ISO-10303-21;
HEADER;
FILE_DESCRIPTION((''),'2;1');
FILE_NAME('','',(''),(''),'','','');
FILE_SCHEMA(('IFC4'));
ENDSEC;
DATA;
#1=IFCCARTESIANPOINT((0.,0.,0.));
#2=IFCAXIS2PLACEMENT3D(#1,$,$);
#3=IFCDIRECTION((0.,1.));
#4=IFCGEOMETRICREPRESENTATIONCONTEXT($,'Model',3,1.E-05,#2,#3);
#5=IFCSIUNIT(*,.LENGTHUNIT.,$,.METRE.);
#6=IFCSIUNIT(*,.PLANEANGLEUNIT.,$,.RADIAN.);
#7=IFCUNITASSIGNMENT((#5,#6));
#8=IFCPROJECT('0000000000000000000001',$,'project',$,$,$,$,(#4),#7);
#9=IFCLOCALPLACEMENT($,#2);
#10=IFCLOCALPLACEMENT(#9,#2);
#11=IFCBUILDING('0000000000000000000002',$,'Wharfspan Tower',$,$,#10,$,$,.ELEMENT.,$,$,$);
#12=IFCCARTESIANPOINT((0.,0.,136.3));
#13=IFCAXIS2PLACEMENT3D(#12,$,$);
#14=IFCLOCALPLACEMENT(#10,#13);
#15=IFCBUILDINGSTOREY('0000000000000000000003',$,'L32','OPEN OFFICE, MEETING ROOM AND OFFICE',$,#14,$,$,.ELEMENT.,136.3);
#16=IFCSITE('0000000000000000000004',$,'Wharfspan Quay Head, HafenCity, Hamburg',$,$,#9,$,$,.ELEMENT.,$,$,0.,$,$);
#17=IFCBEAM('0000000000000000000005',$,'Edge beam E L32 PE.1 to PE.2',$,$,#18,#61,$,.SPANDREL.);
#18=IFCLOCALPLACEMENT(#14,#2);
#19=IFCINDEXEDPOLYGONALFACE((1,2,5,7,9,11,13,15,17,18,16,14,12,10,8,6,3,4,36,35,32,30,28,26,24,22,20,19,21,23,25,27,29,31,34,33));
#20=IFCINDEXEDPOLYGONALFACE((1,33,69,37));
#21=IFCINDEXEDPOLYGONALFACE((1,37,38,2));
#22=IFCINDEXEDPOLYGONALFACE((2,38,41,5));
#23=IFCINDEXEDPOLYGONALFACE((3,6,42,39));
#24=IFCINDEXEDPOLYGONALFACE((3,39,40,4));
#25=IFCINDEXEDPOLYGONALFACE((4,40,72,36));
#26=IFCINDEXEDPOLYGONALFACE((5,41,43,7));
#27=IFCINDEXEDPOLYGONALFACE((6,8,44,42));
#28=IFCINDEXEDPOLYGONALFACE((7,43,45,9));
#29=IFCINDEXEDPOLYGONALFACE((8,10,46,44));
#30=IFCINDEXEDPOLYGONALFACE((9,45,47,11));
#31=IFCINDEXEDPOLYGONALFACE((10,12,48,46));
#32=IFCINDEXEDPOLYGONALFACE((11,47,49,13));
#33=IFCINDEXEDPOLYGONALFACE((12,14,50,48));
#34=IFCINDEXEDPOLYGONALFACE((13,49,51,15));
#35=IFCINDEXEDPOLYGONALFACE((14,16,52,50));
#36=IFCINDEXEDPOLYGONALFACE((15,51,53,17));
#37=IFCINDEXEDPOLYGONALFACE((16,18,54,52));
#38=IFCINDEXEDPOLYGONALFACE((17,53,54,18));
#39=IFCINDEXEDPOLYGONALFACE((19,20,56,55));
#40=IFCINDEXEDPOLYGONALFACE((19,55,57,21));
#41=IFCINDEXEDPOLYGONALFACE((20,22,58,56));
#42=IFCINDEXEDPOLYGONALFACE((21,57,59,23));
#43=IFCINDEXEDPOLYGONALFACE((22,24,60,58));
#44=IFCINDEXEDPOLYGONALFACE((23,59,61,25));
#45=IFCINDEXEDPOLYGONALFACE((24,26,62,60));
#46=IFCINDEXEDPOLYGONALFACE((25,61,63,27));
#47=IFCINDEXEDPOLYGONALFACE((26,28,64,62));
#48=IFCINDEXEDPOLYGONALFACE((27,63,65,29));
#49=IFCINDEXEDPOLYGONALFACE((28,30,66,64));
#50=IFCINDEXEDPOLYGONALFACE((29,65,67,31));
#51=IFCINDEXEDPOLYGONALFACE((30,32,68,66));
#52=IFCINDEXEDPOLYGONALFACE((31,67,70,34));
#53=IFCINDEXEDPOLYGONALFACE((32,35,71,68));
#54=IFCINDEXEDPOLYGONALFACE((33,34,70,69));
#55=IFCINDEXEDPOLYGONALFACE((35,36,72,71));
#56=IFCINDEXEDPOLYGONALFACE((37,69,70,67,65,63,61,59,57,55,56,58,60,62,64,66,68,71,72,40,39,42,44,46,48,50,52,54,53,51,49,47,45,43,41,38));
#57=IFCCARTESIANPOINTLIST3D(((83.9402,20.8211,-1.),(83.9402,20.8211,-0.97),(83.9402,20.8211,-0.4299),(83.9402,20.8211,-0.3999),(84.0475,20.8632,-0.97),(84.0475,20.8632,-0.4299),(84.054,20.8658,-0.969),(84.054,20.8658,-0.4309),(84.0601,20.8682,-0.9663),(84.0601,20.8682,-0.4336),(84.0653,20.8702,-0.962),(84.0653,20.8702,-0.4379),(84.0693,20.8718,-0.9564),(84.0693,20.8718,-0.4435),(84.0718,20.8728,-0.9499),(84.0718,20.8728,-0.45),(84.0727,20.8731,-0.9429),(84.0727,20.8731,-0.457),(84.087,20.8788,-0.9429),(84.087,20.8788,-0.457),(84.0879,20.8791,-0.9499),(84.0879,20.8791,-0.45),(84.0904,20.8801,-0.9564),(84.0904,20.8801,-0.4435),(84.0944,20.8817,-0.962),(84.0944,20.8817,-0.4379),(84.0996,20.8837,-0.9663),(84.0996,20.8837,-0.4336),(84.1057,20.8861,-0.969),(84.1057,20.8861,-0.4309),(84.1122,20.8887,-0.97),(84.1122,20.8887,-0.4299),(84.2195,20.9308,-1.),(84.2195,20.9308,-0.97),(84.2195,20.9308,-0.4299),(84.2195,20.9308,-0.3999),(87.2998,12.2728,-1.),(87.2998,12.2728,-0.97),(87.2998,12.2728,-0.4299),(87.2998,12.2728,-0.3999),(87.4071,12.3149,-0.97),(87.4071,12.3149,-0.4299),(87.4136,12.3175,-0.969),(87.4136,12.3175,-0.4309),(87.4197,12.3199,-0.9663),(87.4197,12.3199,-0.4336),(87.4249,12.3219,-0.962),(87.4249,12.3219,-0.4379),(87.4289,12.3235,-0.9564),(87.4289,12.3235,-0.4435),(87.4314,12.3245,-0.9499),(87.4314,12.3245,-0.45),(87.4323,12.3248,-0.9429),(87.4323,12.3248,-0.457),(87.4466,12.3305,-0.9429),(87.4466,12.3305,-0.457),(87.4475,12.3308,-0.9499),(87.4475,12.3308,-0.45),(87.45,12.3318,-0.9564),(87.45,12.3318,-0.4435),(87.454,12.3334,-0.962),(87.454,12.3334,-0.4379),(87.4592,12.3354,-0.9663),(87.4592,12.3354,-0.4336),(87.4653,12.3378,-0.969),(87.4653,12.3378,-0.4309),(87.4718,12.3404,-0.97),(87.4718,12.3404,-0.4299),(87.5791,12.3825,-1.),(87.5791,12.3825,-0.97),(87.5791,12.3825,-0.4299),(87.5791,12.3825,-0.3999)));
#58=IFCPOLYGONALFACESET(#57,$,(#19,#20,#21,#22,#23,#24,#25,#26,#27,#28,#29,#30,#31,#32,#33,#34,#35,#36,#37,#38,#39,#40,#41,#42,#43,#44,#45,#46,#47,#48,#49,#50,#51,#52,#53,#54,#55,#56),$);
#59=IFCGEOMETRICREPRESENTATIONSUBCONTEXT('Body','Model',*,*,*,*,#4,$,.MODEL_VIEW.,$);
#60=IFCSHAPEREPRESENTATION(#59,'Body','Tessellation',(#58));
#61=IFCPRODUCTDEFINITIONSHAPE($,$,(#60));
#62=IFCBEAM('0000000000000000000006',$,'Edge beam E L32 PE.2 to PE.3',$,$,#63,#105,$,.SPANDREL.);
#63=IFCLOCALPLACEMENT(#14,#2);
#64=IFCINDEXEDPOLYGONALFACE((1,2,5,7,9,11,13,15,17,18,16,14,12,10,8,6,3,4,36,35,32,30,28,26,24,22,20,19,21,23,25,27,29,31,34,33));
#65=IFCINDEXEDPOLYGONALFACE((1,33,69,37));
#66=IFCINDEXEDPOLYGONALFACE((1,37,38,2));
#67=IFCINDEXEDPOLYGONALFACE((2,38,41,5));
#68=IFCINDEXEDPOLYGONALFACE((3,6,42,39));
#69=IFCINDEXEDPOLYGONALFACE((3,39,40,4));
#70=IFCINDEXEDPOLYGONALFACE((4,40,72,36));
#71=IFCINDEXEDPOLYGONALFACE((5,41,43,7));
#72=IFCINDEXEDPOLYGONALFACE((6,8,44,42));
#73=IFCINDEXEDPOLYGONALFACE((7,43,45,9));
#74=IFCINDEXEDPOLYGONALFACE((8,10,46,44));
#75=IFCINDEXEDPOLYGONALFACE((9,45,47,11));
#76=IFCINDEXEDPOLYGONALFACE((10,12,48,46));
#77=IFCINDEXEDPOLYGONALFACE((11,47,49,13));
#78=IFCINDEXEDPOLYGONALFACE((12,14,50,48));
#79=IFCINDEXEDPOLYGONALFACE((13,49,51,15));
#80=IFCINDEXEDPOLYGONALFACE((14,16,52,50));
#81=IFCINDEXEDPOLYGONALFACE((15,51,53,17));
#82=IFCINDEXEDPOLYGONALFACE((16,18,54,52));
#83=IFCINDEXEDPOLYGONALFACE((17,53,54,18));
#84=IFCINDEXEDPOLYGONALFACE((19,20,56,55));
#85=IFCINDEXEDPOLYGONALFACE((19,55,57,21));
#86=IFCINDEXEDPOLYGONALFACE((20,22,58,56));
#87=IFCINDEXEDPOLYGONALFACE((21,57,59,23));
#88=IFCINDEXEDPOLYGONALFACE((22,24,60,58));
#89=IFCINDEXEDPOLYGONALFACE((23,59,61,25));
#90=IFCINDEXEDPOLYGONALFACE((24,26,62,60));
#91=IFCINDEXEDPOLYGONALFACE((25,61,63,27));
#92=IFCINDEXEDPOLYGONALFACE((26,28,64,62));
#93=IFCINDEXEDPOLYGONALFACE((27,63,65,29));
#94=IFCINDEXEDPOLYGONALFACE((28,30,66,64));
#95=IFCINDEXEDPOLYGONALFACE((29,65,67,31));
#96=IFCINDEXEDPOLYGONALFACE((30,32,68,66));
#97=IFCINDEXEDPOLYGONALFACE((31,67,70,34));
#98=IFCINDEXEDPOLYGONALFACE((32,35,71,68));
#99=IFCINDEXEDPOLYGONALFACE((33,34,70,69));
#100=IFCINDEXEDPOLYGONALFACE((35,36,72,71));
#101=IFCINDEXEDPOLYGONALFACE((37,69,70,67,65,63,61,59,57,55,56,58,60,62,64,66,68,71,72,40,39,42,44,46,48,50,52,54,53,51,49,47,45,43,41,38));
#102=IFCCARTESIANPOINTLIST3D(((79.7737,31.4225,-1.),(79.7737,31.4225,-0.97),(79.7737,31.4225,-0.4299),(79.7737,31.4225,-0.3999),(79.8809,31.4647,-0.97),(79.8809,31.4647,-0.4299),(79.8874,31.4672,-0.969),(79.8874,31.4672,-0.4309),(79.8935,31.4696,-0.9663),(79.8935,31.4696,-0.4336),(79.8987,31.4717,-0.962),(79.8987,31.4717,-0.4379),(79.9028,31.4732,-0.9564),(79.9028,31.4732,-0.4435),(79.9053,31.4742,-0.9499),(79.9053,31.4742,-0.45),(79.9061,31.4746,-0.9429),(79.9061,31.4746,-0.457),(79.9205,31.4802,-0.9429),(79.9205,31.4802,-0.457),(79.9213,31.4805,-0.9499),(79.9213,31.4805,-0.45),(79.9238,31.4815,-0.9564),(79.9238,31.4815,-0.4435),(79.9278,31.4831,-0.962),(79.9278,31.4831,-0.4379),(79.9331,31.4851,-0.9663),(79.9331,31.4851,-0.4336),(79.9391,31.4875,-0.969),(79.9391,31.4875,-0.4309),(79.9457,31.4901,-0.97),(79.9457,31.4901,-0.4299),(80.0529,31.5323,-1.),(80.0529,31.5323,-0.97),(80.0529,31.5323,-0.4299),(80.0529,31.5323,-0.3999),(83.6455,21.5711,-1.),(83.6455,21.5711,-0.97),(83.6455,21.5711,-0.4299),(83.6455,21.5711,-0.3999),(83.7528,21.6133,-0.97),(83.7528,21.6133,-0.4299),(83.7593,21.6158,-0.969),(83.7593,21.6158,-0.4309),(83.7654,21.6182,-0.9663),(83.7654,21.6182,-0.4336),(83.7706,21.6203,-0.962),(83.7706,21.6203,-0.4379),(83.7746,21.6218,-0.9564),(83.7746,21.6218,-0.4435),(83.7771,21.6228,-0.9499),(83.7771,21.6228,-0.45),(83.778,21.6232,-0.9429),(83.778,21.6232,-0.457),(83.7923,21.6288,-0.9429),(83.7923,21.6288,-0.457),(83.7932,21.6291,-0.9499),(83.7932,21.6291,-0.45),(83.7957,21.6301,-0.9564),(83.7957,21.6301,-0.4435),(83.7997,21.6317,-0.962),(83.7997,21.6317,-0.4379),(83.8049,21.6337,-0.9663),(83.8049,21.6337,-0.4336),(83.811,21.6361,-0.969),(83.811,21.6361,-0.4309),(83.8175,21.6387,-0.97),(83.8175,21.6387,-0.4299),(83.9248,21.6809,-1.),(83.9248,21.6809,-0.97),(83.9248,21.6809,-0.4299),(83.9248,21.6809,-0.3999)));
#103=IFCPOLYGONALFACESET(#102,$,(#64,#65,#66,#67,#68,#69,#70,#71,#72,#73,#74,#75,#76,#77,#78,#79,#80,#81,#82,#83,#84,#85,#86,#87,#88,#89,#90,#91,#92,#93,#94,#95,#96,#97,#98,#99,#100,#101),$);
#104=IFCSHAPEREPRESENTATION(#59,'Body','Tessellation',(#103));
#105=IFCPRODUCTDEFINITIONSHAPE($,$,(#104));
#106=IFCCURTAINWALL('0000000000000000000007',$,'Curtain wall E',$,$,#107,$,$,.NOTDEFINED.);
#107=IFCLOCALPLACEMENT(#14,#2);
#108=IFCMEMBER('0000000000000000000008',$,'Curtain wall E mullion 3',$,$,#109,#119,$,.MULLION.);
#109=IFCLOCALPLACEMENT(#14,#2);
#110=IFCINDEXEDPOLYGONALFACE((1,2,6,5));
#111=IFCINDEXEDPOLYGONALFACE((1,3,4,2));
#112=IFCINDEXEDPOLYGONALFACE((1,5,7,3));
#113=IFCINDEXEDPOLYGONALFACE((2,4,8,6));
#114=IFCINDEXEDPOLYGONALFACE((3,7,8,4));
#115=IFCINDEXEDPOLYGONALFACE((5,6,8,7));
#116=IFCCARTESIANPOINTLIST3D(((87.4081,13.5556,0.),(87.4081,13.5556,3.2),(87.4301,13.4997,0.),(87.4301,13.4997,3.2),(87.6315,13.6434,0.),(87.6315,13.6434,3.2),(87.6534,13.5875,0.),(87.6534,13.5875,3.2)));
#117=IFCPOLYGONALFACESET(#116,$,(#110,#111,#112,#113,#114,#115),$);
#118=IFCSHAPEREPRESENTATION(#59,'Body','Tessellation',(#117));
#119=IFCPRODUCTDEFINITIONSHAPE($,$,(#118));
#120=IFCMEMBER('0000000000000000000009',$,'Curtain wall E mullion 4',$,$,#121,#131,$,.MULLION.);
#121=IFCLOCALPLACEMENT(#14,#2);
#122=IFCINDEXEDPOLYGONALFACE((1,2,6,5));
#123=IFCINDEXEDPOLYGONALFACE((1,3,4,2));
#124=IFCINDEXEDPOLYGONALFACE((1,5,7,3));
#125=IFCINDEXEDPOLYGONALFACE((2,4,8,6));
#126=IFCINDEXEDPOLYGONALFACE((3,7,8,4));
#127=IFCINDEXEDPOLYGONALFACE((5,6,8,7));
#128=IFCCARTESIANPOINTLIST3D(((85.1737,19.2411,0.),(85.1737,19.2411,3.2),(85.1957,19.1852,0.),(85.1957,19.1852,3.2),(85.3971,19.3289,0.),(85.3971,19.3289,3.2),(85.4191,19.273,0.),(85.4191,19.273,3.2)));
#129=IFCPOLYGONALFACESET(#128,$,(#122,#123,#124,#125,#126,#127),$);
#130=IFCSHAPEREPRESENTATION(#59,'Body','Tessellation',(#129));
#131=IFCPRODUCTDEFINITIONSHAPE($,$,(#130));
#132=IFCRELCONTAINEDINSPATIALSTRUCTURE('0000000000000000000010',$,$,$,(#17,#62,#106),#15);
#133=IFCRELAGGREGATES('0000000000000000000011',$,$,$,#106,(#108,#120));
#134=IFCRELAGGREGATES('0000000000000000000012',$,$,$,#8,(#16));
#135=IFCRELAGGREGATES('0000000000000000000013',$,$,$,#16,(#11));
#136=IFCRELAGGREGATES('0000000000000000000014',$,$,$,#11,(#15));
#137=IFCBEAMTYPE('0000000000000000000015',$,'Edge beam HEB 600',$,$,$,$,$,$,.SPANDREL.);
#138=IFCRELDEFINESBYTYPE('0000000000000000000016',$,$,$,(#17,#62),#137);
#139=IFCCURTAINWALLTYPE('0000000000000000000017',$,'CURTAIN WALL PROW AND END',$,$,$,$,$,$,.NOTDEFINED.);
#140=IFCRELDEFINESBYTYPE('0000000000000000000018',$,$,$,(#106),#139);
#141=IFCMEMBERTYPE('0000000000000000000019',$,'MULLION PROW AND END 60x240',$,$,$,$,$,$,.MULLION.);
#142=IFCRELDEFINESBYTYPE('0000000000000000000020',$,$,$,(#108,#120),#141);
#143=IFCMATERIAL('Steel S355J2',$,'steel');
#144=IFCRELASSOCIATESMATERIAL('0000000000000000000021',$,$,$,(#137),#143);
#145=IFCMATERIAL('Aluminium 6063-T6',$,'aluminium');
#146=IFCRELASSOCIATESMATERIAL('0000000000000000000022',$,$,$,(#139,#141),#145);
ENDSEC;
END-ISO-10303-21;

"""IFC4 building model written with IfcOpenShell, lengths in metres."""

from ifc_helpers import new_model, si_unit, direction, frame, origin, origin_2d, place, context, subcontext, project, spatial, rectangle, i_section, extrude, material, material_profile, profile_set, type_object, element, aggregate, save


model = new_model("IFC4")

# Units and contexts
model_context = context("Model", 3, precision=1e-05, world=origin(), true_north=direction((0.0, 1.0)))
body_context = subcontext(model_context, "Body", "Model", "MODEL_VIEW")
ifc_project = project(units=[si_unit("LENGTHUNIT", "METRE"), si_unit("PLANEANGLEUNIT", "RADIAN")], contexts=[model_context])

# Site, building, storey
site_placement = place(None, origin())
site = spatial("IfcSite", under=ifc_project, at=site_placement, Name="Wharfspan Quay Head, HafenCity, Hamburg", CompositionType="ELEMENT", RefElevation=0.0)
building_placement = place(site_placement, origin())
building = spatial("IfcBuilding", under=site, at=building_placement, Name="Wharfspan Tower", CompositionType="ELEMENT")
storey_placement = place(building_placement, frame((0.0, 0.0, 136.3)))
storey = spatial("IfcBuildingStorey", under=building, at=storey_placement, Name="L32", Description="OPEN OFFICE, MEETING ROOM AND OFFICE", CompositionType="ELEMENT", Elevation=136.3)

# Shared definitions
ifc_material_1 = material(Name="Steel S355J2", Category="steel")

# Beams
ifc_material_profile_1 = material_profile(ifc_material_1, i_section(OverallWidth=0.3, OverallDepth=0.6001, WebThickness=0.0154, FlangeThickness=0.03, FilletRadius=0.0271, at=origin_2d()))
ifc_profile_set_1 = profile_set([ifc_material_profile_1], Name="Steel S355J2")
beam_type = type_object("IfcBeamType", Name="Edge beam HEB 600", PredefinedType="SPANDREL", material=ifc_profile_set_1)
beam_1_placement = place(storey_placement, frame((87.4395, 12.3276, -0.7), z_axis=(-0.365779, 0.930702, 0.0), x_axis=(-0.930702, -0.365779, 0.0)))
element("IfcBeam", 1, at=beam_1_placement, inside=storey, type_object=beam_type, Name="Edge beam E L32 PE.1 to PE.2", PredefinedType="SPANDREL", context=body_context, shape_type="SweptSolid", body=[
    extrude(i_section(OverallWidth=0.3, OverallDepth=0.6001, WebThickness=0.0154, FlangeThickness=0.03, FilletRadius=0.0271, at=origin_2d()), origin(), (0.0, 0.0, 1.0), 9.1848),
])
beam_2_placement = place(storey_placement, frame((83.7852, 21.626, -0.7), z_axis=(-0.365789, 0.930698, 0.0), x_axis=(-0.930698, -0.365789, 0.0)))
element("IfcBeam", 2, at=beam_2_placement, inside=storey, type_object=beam_type, Name="Edge beam E L32 PE.2 to PE.3", PredefinedType="SPANDREL", context=body_context, shape_type="SweptSolid", body=[
    extrude(i_section(OverallWidth=0.3, OverallDepth=0.6001, WebThickness=0.0154, FlangeThickness=0.03, FilletRadius=0.0271, at=origin_2d()), origin(), (0.0, 0.0, 1.0), 10.585),
])

# Curtain wall, members
ifc_material_2 = material(Name="Aluminium 6063-T6", Category="aluminium")
curtain_wall_type = type_object("IfcCurtainWallType", Name="CURTAIN WALL PROW AND END", PredefinedType="NOTDEFINED", material=ifc_material_2)
curtain_wall_placement = place(storey_placement, origin())
curtain_wall = element("IfcCurtainWall", 3, at=curtain_wall_placement, inside=storey, type_object=curtain_wall_type, Name="Curtain wall E", PredefinedType="NOTDEFINED")
ifc_material_profile_2 = material_profile(ifc_material_2, rectangle(XDim=0.24, YDim=0.0601, at=origin_2d()))
ifc_profile_set_2 = profile_set([ifc_material_profile_2], Name="Aluminium 6063-T6")
member_type_1 = type_object("IfcMemberType", Name="MULLION PROW AND END 60x240", PredefinedType="MULLION", material=ifc_profile_set_2)
member_1_placement = place(storey_placement, frame((87.5308, 13.5715, 0.0), z_axis=(0.0, 0.0, 1.0), x_axis=(-0.930702, -0.365778, 0.0)))
member_1 = element("IfcMember", 4, at=member_1_placement, type_object=member_type_1, Name="Curtain wall E mullion 3", PredefinedType="MULLION", context=body_context, shape_type="SweptSolid", body=[
    extrude(rectangle(XDim=0.24, YDim=0.0601, at=origin_2d()), origin(), (0.0, 0.0, 1.0), 3.2),
])
member_2_placement = place(storey_placement, frame((85.2964, 19.2571, 0.0), z_axis=(0.0, 0.0, 1.0), x_axis=(-0.930702, -0.365778, 0.0)))
member_2 = element("IfcMember", 5, at=member_2_placement, type_object=member_type_1, Name="Curtain wall E mullion 4", PredefinedType="MULLION", context=body_context, shape_type="SweptSolid", body=[
    extrude(rectangle(XDim=0.24, YDim=0.0601, at=origin_2d()), origin(), (0.0, 0.0, 1.0), 3.2),
])

aggregate(curtain_wall, [member_1, member_2])

save(model, "model.ifc")
